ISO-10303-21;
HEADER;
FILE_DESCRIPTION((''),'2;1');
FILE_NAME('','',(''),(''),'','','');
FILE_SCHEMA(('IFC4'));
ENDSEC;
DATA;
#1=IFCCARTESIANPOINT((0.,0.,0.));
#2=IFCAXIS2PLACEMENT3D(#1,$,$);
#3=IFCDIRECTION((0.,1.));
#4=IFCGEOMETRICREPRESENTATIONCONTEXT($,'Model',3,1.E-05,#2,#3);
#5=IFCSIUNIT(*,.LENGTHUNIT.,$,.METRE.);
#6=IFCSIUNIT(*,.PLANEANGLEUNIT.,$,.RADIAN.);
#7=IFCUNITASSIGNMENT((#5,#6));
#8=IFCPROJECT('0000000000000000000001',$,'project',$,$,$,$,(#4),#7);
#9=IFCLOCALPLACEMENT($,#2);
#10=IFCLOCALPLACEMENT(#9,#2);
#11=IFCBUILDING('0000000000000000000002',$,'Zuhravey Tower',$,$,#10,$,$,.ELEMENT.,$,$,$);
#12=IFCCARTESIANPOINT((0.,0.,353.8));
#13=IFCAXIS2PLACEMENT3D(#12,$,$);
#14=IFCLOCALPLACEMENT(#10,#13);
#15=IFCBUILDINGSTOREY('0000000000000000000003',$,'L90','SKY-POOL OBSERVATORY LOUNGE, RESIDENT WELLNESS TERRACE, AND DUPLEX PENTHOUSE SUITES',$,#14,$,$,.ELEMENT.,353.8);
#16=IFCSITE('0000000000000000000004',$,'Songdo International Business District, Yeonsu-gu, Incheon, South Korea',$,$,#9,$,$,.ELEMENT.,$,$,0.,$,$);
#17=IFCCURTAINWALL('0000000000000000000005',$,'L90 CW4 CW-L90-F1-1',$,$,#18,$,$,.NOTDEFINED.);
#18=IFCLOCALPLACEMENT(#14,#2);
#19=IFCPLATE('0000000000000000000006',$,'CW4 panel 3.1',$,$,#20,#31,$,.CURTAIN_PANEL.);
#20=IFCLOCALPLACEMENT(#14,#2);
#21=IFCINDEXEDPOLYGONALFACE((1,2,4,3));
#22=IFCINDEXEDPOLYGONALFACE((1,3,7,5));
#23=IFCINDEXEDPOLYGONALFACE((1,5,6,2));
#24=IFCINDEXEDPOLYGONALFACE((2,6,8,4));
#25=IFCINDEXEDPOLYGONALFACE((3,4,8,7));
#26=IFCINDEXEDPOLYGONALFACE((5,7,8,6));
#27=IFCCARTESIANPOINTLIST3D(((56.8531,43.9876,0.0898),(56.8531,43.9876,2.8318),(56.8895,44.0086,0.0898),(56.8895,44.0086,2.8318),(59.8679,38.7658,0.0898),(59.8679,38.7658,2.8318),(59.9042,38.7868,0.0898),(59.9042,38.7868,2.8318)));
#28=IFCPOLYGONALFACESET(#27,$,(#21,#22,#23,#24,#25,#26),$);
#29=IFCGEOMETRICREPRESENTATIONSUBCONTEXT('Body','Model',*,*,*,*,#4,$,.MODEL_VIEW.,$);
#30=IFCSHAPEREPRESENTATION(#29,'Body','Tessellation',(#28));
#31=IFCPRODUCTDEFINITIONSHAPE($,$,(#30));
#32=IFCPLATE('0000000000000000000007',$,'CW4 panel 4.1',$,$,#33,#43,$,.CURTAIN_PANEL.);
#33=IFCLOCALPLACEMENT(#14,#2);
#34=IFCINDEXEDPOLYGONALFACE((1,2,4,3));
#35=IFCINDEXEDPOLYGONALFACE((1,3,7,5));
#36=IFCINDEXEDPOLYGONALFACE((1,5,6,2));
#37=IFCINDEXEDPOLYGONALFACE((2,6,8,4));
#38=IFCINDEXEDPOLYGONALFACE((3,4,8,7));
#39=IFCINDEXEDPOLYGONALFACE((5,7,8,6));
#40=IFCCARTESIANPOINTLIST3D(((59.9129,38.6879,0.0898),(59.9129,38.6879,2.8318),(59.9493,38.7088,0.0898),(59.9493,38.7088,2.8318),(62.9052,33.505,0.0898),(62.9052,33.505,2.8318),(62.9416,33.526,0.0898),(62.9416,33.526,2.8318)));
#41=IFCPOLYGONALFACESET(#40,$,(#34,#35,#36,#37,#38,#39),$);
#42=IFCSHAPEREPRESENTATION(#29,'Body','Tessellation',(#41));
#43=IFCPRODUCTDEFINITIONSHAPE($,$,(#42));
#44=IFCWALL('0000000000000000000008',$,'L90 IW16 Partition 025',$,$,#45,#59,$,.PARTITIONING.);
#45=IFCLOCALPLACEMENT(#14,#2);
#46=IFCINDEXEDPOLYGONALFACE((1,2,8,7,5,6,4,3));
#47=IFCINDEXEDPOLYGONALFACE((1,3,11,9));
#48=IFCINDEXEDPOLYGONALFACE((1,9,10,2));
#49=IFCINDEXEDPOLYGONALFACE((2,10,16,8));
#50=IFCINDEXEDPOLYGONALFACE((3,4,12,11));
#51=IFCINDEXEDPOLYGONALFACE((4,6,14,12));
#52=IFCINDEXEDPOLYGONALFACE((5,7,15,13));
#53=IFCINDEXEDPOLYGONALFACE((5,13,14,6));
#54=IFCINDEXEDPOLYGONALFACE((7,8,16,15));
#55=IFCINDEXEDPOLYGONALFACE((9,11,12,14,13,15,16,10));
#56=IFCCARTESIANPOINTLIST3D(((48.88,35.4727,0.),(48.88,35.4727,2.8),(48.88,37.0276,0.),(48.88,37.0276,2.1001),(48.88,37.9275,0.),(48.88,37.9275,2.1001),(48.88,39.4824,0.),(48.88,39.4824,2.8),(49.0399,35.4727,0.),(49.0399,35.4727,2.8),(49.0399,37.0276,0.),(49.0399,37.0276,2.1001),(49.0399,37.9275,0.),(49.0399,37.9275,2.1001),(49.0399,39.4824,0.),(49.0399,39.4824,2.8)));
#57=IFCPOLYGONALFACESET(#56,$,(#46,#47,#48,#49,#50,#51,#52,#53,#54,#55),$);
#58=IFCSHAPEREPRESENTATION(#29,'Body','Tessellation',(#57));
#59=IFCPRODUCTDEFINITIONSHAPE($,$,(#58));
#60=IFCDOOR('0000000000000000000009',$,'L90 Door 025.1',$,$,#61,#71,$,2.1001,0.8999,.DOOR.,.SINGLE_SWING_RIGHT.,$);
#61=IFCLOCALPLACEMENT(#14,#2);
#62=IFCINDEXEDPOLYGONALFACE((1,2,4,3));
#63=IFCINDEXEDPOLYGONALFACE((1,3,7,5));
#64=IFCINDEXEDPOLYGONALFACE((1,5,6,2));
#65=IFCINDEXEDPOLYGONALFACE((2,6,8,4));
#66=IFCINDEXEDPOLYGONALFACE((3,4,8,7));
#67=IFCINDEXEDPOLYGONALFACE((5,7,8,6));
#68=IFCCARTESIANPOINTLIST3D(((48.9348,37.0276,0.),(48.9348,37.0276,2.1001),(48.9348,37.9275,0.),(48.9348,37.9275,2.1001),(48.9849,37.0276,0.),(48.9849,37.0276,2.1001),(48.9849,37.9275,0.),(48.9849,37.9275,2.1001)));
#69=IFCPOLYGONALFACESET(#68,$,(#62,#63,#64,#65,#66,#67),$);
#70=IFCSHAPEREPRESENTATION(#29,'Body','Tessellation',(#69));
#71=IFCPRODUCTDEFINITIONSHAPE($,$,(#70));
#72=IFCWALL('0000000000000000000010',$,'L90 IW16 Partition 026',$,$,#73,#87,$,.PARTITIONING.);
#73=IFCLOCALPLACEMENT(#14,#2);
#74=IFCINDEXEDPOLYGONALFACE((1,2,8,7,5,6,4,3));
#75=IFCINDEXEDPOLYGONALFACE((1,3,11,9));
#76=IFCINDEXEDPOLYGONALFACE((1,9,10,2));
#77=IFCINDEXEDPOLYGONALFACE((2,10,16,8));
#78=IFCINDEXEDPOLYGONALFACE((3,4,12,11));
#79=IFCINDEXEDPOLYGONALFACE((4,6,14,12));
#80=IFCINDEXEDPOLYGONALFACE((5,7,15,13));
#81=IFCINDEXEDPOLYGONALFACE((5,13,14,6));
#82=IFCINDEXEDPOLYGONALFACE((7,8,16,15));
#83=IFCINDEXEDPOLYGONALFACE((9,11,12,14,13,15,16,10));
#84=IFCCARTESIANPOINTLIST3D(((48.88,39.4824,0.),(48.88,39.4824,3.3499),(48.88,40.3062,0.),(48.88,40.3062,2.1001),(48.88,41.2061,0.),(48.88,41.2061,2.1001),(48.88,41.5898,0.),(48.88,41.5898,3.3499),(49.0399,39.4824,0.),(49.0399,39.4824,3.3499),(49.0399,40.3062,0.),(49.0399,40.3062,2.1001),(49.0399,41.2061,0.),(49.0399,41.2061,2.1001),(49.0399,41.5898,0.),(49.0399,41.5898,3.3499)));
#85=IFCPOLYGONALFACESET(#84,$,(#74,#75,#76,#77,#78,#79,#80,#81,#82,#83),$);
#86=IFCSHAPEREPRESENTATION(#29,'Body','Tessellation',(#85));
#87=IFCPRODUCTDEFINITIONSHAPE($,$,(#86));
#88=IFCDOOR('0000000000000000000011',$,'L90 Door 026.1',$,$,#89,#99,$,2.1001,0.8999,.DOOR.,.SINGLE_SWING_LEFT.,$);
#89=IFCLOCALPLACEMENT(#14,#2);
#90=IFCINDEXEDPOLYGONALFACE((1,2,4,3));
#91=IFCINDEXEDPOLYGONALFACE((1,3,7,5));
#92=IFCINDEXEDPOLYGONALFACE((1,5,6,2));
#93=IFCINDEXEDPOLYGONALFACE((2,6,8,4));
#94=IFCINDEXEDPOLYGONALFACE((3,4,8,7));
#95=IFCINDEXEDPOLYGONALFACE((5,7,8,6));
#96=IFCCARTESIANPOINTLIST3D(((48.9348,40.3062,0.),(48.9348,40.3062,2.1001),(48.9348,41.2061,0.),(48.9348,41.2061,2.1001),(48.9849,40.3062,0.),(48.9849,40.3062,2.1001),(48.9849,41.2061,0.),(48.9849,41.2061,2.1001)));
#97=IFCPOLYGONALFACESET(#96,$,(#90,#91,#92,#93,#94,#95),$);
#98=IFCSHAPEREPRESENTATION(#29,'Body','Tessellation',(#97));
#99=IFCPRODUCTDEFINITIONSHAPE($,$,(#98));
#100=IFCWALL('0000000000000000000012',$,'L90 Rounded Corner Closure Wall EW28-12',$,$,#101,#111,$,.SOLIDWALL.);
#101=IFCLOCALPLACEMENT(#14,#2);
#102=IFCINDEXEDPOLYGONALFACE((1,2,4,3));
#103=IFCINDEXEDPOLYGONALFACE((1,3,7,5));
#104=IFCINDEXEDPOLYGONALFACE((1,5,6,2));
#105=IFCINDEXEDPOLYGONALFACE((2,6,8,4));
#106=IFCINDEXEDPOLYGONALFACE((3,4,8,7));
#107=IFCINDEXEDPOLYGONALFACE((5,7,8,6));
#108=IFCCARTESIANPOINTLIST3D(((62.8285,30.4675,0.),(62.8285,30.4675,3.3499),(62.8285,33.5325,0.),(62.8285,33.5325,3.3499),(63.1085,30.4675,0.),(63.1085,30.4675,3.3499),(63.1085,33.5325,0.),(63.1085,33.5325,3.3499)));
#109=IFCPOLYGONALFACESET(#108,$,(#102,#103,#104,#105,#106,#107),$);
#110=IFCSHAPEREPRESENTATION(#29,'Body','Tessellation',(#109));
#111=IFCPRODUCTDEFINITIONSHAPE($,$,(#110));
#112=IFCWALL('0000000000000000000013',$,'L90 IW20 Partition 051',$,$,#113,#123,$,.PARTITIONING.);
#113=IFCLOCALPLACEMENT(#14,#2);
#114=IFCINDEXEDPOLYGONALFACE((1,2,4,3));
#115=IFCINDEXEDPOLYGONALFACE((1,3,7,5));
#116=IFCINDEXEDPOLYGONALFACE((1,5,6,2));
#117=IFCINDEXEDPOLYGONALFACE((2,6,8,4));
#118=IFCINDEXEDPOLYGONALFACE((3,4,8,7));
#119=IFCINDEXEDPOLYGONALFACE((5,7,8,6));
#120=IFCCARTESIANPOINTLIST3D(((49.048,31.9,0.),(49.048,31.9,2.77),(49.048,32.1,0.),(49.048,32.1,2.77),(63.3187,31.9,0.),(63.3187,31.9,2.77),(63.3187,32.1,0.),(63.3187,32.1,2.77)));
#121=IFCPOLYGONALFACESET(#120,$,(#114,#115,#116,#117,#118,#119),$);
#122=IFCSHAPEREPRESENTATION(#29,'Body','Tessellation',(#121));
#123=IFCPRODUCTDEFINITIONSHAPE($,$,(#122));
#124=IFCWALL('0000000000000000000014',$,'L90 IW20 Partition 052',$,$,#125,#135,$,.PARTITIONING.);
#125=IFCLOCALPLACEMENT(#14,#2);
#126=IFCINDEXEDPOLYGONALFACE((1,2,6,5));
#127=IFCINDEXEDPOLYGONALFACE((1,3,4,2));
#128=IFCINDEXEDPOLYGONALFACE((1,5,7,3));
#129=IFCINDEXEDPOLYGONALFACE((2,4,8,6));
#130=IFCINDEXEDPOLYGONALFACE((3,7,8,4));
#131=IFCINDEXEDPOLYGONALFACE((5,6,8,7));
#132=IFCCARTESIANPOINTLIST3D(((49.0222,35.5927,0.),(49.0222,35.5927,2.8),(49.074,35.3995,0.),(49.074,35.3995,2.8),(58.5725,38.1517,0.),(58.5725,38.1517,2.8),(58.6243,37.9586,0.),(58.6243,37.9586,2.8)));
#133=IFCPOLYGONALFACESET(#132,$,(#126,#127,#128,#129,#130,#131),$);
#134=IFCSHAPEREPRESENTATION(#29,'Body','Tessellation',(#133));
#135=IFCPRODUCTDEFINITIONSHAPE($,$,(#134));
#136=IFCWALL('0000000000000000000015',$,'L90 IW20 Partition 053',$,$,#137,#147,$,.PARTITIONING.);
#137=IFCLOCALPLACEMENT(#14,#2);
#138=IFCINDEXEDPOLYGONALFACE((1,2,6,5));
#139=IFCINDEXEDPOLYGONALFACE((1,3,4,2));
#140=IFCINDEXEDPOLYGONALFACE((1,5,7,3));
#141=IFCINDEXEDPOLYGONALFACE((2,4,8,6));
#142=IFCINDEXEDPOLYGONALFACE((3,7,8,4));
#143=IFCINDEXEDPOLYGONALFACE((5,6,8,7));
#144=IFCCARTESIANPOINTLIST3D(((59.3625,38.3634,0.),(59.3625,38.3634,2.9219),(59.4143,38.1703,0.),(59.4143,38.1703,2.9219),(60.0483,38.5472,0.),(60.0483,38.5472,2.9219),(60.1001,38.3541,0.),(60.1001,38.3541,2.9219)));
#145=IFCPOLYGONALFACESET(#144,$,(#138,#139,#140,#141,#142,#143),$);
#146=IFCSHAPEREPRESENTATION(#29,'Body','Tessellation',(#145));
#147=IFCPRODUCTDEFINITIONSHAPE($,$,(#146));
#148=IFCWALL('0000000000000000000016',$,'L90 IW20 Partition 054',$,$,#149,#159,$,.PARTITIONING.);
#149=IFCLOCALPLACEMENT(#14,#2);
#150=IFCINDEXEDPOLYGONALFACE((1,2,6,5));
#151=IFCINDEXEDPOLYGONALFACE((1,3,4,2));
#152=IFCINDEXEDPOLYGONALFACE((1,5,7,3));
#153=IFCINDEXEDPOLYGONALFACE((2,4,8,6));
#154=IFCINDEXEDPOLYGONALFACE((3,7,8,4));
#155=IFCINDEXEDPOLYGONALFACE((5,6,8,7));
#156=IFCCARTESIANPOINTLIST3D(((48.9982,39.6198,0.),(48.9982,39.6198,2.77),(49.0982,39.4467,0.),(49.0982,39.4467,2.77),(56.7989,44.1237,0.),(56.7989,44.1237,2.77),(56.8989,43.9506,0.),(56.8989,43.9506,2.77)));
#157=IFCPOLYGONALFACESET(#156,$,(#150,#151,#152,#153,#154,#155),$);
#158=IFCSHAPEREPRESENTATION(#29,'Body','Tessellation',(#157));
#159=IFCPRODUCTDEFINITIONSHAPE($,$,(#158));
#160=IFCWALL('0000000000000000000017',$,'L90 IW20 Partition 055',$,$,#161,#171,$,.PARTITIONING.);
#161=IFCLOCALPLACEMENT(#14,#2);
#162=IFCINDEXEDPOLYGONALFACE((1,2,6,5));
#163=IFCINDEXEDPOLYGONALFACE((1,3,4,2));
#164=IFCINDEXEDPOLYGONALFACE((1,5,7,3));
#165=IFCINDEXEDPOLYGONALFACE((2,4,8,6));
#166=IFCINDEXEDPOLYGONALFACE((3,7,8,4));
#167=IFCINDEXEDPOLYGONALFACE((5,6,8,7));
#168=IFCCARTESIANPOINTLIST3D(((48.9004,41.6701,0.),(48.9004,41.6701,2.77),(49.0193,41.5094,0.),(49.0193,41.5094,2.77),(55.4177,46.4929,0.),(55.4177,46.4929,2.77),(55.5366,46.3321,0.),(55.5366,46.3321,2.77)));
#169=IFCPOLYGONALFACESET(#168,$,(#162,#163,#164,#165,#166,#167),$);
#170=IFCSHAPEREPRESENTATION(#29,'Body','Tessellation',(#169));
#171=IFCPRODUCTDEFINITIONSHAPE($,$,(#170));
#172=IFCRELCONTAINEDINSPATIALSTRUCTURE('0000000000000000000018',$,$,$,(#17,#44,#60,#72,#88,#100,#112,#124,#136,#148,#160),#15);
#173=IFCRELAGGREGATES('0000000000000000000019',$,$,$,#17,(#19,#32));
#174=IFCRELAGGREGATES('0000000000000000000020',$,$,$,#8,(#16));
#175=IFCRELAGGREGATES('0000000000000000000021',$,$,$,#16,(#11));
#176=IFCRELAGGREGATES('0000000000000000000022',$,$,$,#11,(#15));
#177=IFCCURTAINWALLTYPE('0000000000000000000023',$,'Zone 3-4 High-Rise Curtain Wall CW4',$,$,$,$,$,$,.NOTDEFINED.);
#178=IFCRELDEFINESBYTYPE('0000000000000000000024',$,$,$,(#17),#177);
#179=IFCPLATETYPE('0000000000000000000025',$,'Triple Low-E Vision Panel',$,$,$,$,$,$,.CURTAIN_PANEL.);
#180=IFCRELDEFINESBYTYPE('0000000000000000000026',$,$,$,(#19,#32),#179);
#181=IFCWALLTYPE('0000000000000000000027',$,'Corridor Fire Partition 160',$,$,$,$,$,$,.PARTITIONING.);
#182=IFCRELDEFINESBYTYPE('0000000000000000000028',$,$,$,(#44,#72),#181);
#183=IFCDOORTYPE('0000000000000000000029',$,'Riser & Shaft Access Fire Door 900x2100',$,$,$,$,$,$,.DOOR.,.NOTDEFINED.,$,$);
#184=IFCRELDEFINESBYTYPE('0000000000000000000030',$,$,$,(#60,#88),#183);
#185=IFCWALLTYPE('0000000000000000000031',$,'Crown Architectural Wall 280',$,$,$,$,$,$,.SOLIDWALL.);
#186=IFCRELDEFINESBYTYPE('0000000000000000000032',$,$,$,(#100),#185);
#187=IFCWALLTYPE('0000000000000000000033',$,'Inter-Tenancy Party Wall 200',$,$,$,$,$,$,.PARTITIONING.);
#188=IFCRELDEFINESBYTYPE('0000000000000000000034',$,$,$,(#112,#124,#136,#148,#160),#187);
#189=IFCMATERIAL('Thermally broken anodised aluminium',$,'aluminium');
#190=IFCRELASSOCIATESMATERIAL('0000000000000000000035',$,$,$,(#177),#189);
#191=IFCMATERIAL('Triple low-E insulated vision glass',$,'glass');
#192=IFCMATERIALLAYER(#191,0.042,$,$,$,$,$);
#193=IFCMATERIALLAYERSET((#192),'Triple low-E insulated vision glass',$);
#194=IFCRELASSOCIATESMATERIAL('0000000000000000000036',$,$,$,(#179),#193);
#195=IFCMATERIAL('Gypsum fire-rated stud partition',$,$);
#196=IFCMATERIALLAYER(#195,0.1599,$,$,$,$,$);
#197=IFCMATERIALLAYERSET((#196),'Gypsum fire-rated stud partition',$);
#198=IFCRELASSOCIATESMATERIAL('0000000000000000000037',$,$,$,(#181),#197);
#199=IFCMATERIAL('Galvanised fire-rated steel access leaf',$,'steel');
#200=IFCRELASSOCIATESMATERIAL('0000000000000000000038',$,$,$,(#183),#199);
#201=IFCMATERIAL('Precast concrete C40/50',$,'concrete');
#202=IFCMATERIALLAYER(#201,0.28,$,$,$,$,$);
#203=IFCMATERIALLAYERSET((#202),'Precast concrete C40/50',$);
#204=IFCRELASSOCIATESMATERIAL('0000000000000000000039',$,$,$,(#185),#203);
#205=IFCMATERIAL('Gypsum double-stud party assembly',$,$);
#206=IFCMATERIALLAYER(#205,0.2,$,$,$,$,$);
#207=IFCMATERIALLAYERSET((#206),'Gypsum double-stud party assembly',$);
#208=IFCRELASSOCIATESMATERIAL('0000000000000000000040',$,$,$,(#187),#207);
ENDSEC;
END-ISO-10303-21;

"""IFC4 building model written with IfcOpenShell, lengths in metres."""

from ifc_helpers import new_model, si_unit, direction, frame, frame_2d, origin, origin_2d, place, context, subcontext, project, spatial, rectangle, extrude, material, layer, layer_set, type_object, element, fill, aggregate, save


model = new_model("IFC4")

# Units and contexts
model_context = context("Model", 3, precision=1e-05, world=origin(), true_north=direction((0.0, 1.0)))
body_context = subcontext(model_context, "Body", "Model", "MODEL_VIEW")
ifc_project = project(units=[si_unit("LENGTHUNIT", "METRE"), si_unit("PLANEANGLEUNIT", "RADIAN")], contexts=[model_context])

# Site, building, storey
site_placement = place(None, origin())
site = spatial("IfcSite", under=ifc_project, at=site_placement, Name="Songdo International Business District, Yeonsu-gu, Incheon, South Korea", CompositionType="ELEMENT", RefElevation=0.0)
building_placement = place(site_placement, origin())
building = spatial("IfcBuilding", under=site, at=building_placement, Name="Zuhravey Tower", CompositionType="ELEMENT")
storey_placement = place(building_placement, frame((0.0, 0.0, 353.8)))
storey = spatial("IfcBuildingStorey", under=building, at=storey_placement, Name="L90", Description="SKY-POOL OBSERVATORY LOUNGE, RESIDENT WELLNESS TERRACE, AND DUPLEX PENTHOUSE SUITES", CompositionType="ELEMENT", Elevation=353.8)

# Curtain wall
ifc_material_1 = material(Name="Thermally broken anodised aluminium", Category="aluminium")
curtain_wall_type = type_object("IfcCurtainWallType", Name="Zone 3-4 High-Rise Curtain Wall CW4", PredefinedType="NOTDEFINED", material=ifc_material_1)
curtain_wall_placement = place(storey_placement, origin())
curtain_wall = element("IfcCurtainWall", 1, at=curtain_wall_placement, inside=storey, type_object=curtain_wall_type, Name="L90 CW4 CW-L90-F1-1", PredefinedType="NOTDEFINED")

# Plates
ifc_material_2 = material(Name="Triple low-E insulated vision glass", Category="glass")
ifc_layer_1 = layer(ifc_material_2, 0.042)
ifc_layer_set_1 = layer_set([ifc_layer_1], Name="Triple low-E insulated vision glass")
plate_type_1 = type_object("IfcPlateType", Name="Triple Low-E Vision Panel", PredefinedType="CURTAIN_PANEL", material=ifc_layer_set_1)
plate_1_placement = place(storey_placement, frame((58.3787, 41.3872, 0.0898), z_axis=(0.0, 0.0, 1.0), x_axis=(0.5, -0.866026, 0.0)))
plate_1 = element("IfcPlate", 2, at=plate_1_placement, type_object=plate_type_1, Name="CW4 panel 3.1", PredefinedType="CURTAIN_PANEL", context=body_context, shape_type="SweptSolid", body=[
    extrude(rectangle(XDim=6.0295, YDim=0.042, at=origin_2d()), origin(), (0.0, 0.0, 1.0), 2.7419),
])
plate_2_placement = place(storey_placement, frame((61.4272, 36.1069, 0.0898), z_axis=(0.0, 0.0, 1.0), x_axis=(0.5, -0.866026, 0.0)))
plate_2 = element("IfcPlate", 3, at=plate_2_placement, type_object=plate_type_1, Name="CW4 panel 4.1", PredefinedType="CURTAIN_PANEL", context=body_context, shape_type="SweptSolid", body=[
    extrude(rectangle(XDim=5.9846, YDim=0.042, at=origin_2d()), origin(), (0.0, 0.0, 1.0), 2.7419),
])
aggregate(curtain_wall, [plate_1, plate_2])

# Walls, openings, doors
ifc_material_3 = material(Name="Gypsum fire-rated stud partition")
ifc_layer_2 = layer(ifc_material_3, 0.1599)
ifc_layer_set_2 = layer_set([ifc_layer_2], Name="Gypsum fire-rated stud partition")
wall_type_1 = type_object("IfcWallType", Name="Corridor Fire Partition 160", PredefinedType="PARTITIONING", material=ifc_layer_set_2)
wall_1_placement = place(storey_placement, frame((48.96, 35.4727, 0.0), z_axis=(0.0, 0.0, 1.0), x_axis=(0.0, 1.0, 0.0)))
wall_1 = element("IfcWall", 4, at=wall_1_placement, inside=storey, type_object=wall_type_1, Name="L90 IW16 Partition 025", PredefinedType="PARTITIONING", context=body_context, shape_type="SweptSolid", body=[
    extrude(rectangle(XDim=4.0098, YDim=0.1599, at=frame_2d((2.0049, 0.0))), origin(), (0.0, 0.0, 1.0), 2.8),
])
opening_1_placement = place(wall_1_placement, frame((1.5549, 0.0, 0.0)))
opening_1 = element("IfcOpeningElement", 5, at=opening_1_placement, cuts=wall_1, PredefinedType="OPENING", context=body_context, shape_type="SweptSolid", body=[
    extrude(rectangle(XDim=0.8999, YDim=2.1001, at=frame_2d((0.45, 1.05))), frame((0.0, 0.092, 0.0), z_axis=(0.0, -1.0, 0.0), x_axis=(1.0, 0.0, 0.0)), (0.0, 0.0, 1.0), 0.1838),
])
ifc_material_4 = material(Name="Galvanised fire-rated steel access leaf", Category="steel")
door_type = type_object("IfcDoorType", Name="Riser & Shaft Access Fire Door 900x2100", OperationType="NOTDEFINED", PredefinedType="DOOR", material=ifc_material_4)
door_1_placement = place(opening_1_placement, frame((0.8999, 0.0, 0.0), z_axis=(0.0, 0.0, 1.0), x_axis=(-1.0, 0.0, 0.0)))
door_1 = element("IfcDoor", 6, at=door_1_placement, inside=storey, type_object=door_type, Name="L90 Door 025.1", OperationType="SINGLE_SWING_RIGHT", OverallHeight=2.1001, OverallWidth=0.8999, PredefinedType="DOOR", context=body_context, shape_type="SweptSolid", body=[
    extrude(rectangle(XDim=0.8999, YDim=2.1001, at=frame_2d((0.45, 1.05))), frame((0.0, 0.0249, 0.0), z_axis=(0.0, -1.0, 0.0), x_axis=(1.0, 0.0, 0.0)), (0.0, 0.0, 1.0), 0.05),
])
fill(opening_1, door_1)
wall_2_placement = place(storey_placement, frame((48.96, 39.4824, 0.0), z_axis=(0.0, 0.0, 1.0), x_axis=(0.0, 1.0, 0.0)))
wall_2 = element("IfcWall", 7, at=wall_2_placement, inside=storey, type_object=wall_type_1, Name="L90 IW16 Partition 026", PredefinedType="PARTITIONING", context=body_context, shape_type="SweptSolid", body=[
    extrude(rectangle(XDim=2.1074, YDim=0.1599, at=frame_2d((1.0537, 0.0))), origin(), (0.0, 0.0, 1.0), 3.3499),
])
opening_2_placement = place(wall_2_placement, frame((0.8237, 0.0, 0.0)))
opening_2 = element("IfcOpeningElement", 8, at=opening_2_placement, cuts=wall_2, PredefinedType="OPENING", context=body_context, shape_type="SweptSolid", body=[
    extrude(rectangle(XDim=0.8999, YDim=2.1001, at=frame_2d((0.45, 1.05))), frame((0.0, 0.092, 0.0), z_axis=(0.0, -1.0, 0.0), x_axis=(1.0, 0.0, 0.0)), (0.0, 0.0, 1.0), 0.1838),
])
door_2_placement = place(opening_2_placement, frame((0.8999, 0.0, 0.0), z_axis=(0.0, 0.0, 1.0), x_axis=(-1.0, 0.0, 0.0)))
door_2 = element("IfcDoor", 9, at=door_2_placement, inside=storey, type_object=door_type, Name="L90 Door 026.1", OperationType="SINGLE_SWING_LEFT", OverallHeight=2.1001, OverallWidth=0.8999, PredefinedType="DOOR", context=body_context, shape_type="SweptSolid", body=[
    extrude(rectangle(XDim=0.8999, YDim=2.1001, at=frame_2d((0.45, 1.05))), frame((0.0, 0.0249, 0.0), z_axis=(0.0, -1.0, 0.0), x_axis=(1.0, 0.0, 0.0)), (0.0, 0.0, 1.0), 0.05),
])
fill(opening_2, door_2)

# Walls
ifc_material_5 = material(Name="Precast concrete C40/50", Category="concrete")
ifc_layer_3 = layer(ifc_material_5, 0.28)
ifc_layer_set_3 = layer_set([ifc_layer_3], Name="Precast concrete C40/50")
wall_type_2 = type_object("IfcWallType", Name="Crown Architectural Wall 280", PredefinedType="SOLIDWALL", material=ifc_layer_set_3)
wall_3_placement = place(storey_placement, frame((62.9685, 33.5325, 0.0), z_axis=(0.0, 0.0, 1.0), x_axis=(0.0, -1.0, 0.0)))
element("IfcWall", 10, at=wall_3_placement, inside=storey, type_object=wall_type_2, Name="L90 Rounded Corner Closure Wall EW28-12", PredefinedType="SOLIDWALL", context=body_context, shape_type="SweptSolid", body=[
    extrude(rectangle(XDim=3.0649, YDim=0.28, at=frame_2d((1.5325, 0.0))), origin(), (0.0, 0.0, 1.0), 3.3499),
])
ifc_material_6 = material(Name="Gypsum double-stud party assembly")
ifc_layer_4 = layer(ifc_material_6, 0.2)
ifc_layer_set_4 = layer_set([ifc_layer_4], Name="Gypsum double-stud party assembly")
wall_type_3 = type_object("IfcWallType", Name="Inter-Tenancy Party Wall 200", PredefinedType="PARTITIONING", material=ifc_layer_set_4)
wall_4_placement = place(storey_placement, frame((49.0481, 32.0, 0.0), z_axis=(0.0, 0.0, 1.0), x_axis=(1.0, 0.0, 0.0)))
element("IfcWall", 11, at=wall_4_placement, inside=storey, type_object=wall_type_3, Name="L90 IW20 Partition 051", PredefinedType="PARTITIONING", context=body_context, shape_type="SweptSolid", body=[
    extrude(rectangle(XDim=14.2708, YDim=0.2, at=frame_2d((7.1353, 0.0))), origin(), (0.0, 0.0, 1.0), 2.77),
])
wall_5_placement = place(storey_placement, frame((49.0481, 35.4961, 0.0), z_axis=(0.0, 0.0, 1.0), x_axis=(0.965924, 0.258827, 0.0)))
element("IfcWall", 12, at=wall_5_placement, inside=storey, type_object=wall_type_3, Name="L90 IW20 Partition 052", PredefinedType="PARTITIONING", context=body_context, shape_type="SweptSolid", body=[
    extrude(rectangle(XDim=9.8872, YDim=0.2, at=frame_2d((4.9436, 0.0))), origin(), (0.0, 0.0, 1.0), 2.8),
])
wall_6_placement = place(storey_placement, frame((59.3884, 38.2668, 0.0), z_axis=(0.0, 0.0, 1.0), x_axis=(0.965897, 0.258925, 0.0)))
element("IfcWall", 13, at=wall_6_placement, inside=storey, type_object=wall_type_3, Name="L90 IW20 Partition 053", PredefinedType="PARTITIONING", context=body_context, shape_type="SweptSolid", body=[
    extrude(rectangle(XDim=0.71, YDim=0.2, at=frame_2d((0.355, 0.0))), origin(), (0.0, 0.0, 1.0), 2.9219),
])
wall_7_placement = place(storey_placement, frame((49.0481, 39.5332, 0.0), z_axis=(0.0, 0.0, 1.0), x_axis=(0.866019, 0.50001, 0.0)))
element("IfcWall", 14, at=wall_7_placement, inside=storey, type_object=wall_type_3, Name="L90 IW20 Partition 054", PredefinedType="PARTITIONING", context=body_context, shape_type="SweptSolid", body=[
    extrude(rectangle(XDim=9.0076, YDim=0.2, at=frame_2d((4.5039, 0.0))), origin(), (0.0, 0.0, 1.0), 2.77),
])
wall_8_placement = place(storey_placement, frame((48.96, 41.5898, 0.0), z_axis=(0.0, 0.0, 1.0), x_axis=(0.803846, 0.594837, 0.0)))
element("IfcWall", 15, at=wall_8_placement, inside=storey, type_object=wall_type_3, Name="L90 IW20 Partition 055", PredefinedType="PARTITIONING", context=body_context, shape_type="SweptSolid", body=[
    extrude(rectangle(XDim=8.1077, YDim=0.2, at=frame_2d((4.0537, 0.0))), origin(), (0.0, 0.0, 1.0), 2.77),
])

save(model, "model.ifc")
